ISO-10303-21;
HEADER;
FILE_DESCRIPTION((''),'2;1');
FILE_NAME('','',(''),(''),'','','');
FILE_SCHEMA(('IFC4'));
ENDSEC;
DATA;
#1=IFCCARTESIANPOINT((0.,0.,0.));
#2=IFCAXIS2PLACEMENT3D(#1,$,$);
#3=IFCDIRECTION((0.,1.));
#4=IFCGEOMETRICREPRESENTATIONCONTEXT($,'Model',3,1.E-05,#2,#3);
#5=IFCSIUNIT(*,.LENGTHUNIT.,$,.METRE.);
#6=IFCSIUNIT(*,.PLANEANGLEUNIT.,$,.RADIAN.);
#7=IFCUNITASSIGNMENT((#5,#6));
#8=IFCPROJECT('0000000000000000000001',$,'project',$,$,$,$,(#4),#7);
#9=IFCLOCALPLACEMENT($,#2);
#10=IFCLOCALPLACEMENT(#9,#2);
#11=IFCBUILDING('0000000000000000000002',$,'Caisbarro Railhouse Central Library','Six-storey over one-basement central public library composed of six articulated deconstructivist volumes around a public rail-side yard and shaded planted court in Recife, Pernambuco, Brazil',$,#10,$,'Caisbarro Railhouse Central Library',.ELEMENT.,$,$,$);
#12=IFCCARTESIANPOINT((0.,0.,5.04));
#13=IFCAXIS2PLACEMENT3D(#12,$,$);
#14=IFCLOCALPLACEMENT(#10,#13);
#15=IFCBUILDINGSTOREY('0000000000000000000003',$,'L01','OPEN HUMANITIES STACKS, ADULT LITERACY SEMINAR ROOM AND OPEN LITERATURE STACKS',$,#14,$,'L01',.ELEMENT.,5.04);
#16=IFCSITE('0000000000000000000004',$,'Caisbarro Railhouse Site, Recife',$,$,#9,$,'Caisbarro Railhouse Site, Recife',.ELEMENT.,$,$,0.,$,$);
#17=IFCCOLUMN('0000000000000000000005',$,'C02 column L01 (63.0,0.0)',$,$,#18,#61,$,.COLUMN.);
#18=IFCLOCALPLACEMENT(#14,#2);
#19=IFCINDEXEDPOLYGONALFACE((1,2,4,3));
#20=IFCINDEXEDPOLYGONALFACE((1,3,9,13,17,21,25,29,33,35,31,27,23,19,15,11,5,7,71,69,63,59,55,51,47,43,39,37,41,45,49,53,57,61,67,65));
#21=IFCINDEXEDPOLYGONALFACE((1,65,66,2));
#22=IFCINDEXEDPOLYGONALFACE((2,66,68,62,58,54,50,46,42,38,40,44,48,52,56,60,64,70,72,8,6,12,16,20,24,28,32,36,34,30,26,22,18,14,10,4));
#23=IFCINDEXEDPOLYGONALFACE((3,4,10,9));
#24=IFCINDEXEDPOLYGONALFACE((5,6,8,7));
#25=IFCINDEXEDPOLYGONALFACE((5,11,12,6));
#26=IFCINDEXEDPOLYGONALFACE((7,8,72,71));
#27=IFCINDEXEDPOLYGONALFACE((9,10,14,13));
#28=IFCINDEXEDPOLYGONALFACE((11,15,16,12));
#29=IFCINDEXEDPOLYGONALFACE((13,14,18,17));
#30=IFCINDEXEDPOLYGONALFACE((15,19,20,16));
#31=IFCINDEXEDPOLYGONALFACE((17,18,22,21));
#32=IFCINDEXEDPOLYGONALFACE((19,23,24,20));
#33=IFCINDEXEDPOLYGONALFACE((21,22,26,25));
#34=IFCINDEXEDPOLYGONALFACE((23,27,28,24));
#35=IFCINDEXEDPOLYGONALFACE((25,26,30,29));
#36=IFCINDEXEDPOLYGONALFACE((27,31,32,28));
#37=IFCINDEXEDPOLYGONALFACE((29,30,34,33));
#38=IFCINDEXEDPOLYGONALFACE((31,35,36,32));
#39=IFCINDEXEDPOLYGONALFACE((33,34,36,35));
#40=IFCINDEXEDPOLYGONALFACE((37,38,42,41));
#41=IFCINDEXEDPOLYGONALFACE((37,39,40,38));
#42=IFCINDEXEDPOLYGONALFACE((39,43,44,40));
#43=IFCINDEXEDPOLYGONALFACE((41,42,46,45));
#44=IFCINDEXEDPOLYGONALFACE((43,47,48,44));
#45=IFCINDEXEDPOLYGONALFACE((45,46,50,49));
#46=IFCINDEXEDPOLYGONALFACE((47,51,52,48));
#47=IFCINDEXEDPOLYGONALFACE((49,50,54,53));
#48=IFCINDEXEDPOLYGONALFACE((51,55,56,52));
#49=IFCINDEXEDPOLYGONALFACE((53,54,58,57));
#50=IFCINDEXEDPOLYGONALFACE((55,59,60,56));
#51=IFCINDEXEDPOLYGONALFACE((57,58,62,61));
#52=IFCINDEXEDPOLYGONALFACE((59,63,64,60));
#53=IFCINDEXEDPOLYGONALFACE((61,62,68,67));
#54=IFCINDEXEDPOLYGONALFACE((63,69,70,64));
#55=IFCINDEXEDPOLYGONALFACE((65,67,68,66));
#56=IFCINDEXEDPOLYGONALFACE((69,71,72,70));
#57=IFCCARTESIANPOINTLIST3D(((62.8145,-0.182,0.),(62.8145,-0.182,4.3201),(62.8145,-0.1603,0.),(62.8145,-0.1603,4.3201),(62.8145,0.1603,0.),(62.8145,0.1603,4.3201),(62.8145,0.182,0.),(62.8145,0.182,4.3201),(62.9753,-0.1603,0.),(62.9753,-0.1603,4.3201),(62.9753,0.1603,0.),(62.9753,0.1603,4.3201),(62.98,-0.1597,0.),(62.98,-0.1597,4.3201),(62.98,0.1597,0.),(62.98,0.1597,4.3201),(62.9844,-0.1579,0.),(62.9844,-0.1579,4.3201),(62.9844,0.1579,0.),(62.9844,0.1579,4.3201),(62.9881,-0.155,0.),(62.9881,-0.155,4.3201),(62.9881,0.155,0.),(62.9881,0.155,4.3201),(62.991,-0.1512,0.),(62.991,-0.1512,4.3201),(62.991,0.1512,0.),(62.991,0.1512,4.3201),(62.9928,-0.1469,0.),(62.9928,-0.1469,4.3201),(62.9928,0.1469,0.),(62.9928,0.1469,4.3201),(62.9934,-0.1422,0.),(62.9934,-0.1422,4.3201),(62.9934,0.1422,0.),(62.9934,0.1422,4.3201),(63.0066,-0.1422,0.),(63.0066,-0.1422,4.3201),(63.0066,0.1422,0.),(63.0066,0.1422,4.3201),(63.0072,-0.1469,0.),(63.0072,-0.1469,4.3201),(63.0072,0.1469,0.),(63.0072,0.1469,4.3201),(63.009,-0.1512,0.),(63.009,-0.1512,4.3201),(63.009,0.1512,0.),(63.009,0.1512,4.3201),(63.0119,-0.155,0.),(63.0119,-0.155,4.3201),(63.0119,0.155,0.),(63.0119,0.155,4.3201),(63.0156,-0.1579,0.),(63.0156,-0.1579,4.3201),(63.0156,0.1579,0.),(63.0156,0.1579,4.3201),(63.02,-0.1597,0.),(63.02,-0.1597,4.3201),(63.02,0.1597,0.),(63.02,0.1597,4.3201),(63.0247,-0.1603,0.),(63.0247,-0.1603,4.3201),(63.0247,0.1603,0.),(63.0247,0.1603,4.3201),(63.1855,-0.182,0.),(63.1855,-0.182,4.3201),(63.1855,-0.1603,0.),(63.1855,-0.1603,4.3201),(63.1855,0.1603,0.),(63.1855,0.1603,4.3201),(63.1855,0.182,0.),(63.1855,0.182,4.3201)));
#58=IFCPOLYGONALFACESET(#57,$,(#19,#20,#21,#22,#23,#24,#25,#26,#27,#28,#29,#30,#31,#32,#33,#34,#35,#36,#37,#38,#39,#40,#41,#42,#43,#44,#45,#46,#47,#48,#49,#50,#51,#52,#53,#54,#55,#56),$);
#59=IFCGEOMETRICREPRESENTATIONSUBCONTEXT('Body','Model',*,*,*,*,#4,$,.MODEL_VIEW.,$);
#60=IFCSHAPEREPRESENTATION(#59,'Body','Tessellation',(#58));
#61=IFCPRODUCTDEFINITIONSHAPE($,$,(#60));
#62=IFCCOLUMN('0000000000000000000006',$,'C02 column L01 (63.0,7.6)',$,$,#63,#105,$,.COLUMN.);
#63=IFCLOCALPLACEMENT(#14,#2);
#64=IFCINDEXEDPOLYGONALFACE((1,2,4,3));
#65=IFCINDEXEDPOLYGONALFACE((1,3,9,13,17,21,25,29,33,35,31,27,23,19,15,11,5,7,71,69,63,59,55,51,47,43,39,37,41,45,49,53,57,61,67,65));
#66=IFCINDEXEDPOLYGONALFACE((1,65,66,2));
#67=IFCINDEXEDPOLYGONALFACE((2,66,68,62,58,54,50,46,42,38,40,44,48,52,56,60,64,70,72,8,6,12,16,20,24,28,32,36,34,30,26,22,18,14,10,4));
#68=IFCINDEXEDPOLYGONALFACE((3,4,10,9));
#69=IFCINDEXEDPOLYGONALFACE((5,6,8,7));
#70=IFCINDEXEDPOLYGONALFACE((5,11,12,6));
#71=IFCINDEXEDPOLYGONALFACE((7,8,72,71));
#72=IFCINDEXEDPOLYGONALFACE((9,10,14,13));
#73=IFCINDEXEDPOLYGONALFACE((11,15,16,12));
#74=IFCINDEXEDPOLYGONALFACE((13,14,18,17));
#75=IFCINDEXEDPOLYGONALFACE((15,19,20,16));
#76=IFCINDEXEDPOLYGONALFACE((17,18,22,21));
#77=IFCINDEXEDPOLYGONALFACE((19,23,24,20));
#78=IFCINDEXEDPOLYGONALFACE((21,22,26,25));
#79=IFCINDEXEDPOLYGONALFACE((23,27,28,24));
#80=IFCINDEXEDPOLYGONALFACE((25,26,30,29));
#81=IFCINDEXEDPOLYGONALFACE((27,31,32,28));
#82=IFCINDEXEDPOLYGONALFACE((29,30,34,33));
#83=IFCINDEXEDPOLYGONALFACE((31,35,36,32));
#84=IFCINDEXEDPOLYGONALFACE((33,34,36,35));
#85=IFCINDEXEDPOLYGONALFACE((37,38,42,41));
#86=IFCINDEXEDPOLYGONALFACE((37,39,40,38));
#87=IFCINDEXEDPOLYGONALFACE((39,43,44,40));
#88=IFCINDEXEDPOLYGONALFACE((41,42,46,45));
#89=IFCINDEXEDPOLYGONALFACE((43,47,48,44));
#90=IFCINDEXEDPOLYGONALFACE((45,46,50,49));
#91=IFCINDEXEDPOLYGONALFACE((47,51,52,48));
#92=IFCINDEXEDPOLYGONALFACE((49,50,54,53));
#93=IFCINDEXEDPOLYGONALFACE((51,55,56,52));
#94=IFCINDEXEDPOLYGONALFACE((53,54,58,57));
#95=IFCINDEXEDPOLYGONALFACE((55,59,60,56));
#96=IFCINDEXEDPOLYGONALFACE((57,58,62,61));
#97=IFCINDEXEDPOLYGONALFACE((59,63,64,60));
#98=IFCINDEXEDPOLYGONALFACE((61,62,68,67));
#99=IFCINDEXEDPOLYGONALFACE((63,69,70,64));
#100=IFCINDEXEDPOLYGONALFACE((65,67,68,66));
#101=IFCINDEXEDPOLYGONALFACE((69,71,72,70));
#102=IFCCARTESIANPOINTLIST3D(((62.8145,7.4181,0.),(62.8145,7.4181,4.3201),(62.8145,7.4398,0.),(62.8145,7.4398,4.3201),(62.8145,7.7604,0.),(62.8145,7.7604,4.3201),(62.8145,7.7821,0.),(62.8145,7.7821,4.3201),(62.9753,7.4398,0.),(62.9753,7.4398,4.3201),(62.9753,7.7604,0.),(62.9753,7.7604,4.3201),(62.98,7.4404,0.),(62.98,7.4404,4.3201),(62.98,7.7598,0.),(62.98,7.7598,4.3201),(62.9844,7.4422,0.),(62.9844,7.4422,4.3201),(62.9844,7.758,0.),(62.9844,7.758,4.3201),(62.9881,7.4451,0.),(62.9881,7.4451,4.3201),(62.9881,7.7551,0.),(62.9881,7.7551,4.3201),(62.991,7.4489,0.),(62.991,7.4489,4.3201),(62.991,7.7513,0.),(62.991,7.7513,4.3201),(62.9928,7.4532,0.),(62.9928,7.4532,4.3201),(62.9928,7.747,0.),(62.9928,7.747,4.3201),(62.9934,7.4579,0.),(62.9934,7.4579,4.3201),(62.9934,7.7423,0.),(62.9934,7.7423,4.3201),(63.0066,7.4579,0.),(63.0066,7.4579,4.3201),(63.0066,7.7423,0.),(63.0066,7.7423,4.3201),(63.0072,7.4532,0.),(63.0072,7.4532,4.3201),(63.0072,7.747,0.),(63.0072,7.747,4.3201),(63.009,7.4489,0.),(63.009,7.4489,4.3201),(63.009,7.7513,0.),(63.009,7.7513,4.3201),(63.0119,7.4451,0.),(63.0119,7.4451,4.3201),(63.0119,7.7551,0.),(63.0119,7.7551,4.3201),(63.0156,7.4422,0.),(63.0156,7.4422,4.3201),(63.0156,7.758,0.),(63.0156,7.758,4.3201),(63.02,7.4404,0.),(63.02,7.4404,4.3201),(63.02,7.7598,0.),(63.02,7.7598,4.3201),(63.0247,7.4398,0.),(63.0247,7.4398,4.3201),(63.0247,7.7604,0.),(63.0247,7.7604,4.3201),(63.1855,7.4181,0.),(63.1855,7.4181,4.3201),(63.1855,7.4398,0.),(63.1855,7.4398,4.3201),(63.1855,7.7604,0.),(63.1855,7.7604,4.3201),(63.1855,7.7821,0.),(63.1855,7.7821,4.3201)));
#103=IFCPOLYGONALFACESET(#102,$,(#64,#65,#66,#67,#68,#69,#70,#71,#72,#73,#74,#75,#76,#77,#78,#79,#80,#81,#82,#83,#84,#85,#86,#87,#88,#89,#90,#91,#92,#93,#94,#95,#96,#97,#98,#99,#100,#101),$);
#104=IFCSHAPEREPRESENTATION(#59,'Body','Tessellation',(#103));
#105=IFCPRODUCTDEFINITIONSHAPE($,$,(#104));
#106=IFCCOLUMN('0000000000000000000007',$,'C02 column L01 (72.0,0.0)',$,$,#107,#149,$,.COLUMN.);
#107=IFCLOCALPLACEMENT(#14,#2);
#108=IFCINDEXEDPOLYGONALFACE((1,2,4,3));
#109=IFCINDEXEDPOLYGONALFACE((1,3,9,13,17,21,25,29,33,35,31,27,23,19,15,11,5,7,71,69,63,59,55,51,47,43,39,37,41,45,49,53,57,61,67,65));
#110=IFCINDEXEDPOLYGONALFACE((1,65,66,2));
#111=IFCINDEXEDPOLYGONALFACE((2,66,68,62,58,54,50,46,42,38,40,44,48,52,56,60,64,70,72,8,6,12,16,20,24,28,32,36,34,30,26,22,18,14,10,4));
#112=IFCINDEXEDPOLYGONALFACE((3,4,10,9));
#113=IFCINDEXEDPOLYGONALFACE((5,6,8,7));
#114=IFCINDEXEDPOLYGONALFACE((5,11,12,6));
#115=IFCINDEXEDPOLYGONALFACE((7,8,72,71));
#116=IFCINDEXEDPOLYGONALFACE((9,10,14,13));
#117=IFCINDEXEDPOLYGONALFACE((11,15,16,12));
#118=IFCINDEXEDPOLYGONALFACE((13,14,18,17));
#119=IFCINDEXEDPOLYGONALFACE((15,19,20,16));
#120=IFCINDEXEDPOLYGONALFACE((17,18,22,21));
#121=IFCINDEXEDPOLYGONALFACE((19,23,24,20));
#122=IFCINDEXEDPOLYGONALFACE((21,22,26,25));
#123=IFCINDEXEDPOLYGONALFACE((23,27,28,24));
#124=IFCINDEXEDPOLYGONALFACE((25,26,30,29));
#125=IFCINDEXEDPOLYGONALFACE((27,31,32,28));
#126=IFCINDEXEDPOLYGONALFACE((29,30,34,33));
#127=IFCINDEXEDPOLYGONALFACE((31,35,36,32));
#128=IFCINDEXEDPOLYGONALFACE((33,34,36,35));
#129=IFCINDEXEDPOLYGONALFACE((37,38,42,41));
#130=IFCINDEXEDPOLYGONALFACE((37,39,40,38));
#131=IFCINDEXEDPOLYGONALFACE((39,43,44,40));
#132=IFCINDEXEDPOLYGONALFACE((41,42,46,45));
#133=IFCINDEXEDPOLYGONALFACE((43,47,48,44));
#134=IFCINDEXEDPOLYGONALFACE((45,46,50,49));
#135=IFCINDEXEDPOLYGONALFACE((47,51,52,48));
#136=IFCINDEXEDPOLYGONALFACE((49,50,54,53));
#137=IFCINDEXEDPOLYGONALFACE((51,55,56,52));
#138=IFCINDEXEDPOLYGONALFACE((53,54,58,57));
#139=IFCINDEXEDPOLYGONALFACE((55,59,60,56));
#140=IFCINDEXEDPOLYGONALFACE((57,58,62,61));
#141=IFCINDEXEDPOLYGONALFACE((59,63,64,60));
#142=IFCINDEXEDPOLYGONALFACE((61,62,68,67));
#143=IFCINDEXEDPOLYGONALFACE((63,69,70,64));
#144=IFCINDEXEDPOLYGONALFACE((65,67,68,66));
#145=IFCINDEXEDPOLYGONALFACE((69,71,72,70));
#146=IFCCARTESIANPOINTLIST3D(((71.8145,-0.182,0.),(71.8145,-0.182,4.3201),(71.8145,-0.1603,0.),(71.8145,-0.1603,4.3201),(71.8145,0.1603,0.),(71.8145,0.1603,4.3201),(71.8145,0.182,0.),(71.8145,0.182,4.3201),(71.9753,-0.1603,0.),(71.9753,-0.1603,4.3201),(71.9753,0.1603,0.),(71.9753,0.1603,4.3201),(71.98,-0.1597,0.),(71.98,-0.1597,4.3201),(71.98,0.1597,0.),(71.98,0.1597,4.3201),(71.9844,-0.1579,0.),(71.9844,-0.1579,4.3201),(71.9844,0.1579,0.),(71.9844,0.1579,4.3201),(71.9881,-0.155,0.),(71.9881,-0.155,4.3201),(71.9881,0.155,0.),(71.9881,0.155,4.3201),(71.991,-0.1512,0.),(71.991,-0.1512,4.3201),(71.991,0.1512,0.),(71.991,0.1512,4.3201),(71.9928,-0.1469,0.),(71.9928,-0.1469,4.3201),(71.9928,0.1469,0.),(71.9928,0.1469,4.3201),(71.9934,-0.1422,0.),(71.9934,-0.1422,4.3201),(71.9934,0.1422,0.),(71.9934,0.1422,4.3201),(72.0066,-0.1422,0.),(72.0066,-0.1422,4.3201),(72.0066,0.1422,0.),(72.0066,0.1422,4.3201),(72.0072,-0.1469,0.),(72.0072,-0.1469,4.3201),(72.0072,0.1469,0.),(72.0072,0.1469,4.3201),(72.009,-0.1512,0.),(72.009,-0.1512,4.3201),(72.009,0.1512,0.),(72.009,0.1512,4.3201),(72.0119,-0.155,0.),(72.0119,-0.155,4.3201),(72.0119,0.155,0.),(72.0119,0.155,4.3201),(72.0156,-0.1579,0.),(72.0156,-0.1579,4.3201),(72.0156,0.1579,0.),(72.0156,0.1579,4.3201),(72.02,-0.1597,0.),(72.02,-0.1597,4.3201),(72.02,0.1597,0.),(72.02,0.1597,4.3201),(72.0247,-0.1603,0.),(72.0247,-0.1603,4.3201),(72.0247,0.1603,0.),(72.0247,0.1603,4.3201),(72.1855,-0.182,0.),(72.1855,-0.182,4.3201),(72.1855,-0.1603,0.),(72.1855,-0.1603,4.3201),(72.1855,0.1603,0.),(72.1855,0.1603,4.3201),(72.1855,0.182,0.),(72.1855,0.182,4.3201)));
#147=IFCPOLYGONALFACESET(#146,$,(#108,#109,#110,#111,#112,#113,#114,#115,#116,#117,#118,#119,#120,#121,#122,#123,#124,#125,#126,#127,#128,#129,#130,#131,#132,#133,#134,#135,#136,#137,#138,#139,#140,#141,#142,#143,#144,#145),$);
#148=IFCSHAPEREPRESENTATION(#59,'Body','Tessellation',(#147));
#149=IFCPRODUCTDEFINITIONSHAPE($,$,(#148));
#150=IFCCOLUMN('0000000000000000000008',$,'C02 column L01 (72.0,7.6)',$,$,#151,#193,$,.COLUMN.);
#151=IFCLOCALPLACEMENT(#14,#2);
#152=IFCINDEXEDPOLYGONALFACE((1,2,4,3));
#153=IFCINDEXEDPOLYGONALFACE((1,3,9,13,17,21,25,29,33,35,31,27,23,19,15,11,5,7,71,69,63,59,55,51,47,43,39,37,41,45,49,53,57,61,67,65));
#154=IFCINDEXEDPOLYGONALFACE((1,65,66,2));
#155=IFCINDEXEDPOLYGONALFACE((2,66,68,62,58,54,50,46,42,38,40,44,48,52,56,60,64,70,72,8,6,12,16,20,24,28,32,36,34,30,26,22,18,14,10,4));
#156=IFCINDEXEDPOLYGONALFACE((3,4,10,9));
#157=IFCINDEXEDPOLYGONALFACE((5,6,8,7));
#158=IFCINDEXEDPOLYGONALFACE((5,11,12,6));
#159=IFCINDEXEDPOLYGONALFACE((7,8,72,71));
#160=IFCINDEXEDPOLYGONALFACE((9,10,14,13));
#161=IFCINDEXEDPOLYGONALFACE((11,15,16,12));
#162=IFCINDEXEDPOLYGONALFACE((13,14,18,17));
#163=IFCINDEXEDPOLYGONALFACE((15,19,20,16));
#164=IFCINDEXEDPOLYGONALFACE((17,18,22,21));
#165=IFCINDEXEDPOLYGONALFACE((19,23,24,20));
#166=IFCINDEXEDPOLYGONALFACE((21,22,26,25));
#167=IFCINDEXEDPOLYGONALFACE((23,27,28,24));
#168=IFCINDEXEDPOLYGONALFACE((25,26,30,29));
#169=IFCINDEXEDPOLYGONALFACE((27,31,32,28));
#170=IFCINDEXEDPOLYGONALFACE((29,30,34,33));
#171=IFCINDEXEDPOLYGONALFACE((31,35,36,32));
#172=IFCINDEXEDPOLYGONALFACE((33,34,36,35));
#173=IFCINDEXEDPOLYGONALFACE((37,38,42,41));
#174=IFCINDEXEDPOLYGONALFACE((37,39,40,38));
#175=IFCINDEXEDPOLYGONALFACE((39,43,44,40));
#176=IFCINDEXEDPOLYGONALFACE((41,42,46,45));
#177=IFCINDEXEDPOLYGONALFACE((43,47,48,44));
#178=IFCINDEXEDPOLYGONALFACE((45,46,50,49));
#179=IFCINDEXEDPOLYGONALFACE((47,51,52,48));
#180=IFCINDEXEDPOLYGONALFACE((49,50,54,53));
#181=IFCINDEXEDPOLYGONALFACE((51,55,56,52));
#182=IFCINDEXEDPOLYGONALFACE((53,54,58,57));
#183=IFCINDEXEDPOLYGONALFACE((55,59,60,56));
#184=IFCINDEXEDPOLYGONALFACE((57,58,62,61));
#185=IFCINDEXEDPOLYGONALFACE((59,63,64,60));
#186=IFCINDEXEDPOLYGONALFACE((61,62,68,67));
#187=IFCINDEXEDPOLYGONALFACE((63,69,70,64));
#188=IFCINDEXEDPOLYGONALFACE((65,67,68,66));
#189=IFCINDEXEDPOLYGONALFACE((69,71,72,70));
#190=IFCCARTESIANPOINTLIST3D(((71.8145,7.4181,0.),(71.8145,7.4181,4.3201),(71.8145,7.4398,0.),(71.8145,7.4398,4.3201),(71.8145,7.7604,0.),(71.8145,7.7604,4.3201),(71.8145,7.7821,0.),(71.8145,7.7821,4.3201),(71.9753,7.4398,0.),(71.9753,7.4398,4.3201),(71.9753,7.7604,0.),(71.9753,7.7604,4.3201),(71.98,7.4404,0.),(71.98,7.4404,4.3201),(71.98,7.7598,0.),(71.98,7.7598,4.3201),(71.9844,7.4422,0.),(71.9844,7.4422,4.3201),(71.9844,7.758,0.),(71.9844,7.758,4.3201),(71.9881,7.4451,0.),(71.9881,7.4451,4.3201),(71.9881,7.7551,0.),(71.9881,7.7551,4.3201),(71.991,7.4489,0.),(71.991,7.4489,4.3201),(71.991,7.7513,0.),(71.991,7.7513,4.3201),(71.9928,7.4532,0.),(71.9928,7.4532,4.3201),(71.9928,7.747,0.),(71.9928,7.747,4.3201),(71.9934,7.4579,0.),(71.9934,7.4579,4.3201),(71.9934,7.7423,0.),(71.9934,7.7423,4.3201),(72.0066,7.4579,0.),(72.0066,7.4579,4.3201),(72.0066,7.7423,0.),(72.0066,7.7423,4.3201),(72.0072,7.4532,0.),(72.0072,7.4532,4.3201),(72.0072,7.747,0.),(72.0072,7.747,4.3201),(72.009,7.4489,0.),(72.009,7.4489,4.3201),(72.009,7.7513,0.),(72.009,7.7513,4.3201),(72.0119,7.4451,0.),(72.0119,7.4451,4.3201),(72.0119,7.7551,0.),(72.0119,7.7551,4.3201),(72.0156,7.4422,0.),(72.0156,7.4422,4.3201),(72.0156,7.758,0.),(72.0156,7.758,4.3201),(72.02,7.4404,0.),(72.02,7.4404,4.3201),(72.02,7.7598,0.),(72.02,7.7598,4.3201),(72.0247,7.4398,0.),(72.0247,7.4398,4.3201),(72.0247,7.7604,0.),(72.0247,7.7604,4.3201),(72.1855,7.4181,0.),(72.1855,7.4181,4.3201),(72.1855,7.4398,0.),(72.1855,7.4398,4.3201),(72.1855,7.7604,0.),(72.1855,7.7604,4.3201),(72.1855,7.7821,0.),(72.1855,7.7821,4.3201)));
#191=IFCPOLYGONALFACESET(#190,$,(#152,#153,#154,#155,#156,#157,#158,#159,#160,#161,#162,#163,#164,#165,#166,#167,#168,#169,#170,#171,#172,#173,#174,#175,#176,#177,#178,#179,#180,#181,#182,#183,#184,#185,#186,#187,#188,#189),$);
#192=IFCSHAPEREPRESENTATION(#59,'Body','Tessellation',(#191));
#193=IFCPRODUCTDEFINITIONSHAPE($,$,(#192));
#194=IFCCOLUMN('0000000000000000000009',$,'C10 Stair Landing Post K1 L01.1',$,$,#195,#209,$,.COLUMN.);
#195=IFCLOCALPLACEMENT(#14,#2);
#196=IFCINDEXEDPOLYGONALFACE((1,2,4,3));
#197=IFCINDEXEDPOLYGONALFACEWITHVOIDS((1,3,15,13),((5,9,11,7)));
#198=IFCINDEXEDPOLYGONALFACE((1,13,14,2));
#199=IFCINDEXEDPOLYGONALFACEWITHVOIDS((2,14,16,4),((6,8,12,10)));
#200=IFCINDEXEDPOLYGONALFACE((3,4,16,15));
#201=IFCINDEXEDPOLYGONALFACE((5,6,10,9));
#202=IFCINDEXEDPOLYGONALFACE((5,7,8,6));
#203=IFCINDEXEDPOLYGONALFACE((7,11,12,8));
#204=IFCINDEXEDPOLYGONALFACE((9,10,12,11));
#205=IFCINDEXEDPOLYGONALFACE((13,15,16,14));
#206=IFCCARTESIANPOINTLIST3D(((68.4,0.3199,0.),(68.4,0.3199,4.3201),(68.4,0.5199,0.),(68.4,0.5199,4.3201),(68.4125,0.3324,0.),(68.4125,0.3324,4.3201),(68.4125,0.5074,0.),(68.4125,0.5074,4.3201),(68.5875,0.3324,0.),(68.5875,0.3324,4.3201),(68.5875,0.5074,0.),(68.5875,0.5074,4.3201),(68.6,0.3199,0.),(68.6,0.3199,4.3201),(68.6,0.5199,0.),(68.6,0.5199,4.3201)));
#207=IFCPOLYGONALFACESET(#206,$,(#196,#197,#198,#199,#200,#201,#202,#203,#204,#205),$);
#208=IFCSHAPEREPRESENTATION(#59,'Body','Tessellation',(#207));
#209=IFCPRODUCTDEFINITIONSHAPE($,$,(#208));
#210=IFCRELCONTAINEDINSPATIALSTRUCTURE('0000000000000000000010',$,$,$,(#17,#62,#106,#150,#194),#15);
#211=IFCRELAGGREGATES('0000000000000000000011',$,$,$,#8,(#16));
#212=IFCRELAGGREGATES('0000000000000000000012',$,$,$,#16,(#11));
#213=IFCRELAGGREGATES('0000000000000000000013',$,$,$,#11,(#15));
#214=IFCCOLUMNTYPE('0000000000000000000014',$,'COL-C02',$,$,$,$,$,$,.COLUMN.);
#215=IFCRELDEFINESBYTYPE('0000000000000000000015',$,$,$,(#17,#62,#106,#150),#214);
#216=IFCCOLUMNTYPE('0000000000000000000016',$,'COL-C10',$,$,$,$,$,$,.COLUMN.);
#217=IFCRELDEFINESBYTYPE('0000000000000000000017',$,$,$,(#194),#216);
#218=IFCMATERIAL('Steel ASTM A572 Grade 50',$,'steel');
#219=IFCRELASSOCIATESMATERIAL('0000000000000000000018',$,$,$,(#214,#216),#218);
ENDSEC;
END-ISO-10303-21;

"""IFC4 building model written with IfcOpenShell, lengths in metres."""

from ifc_helpers import new_model, si_unit, direction, frame, origin, origin_2d, place, context, subcontext, project, spatial, hollow_rectangle, i_section, extrude, material, material_profile, profile_set, type_object, element, save


model = new_model("IFC4")

# Units and contexts
model_context = context("Model", 3, precision=1e-05, world=origin(), true_north=direction((0.0, 1.0)))
body_context = subcontext(model_context, "Body", "Model", "MODEL_VIEW")
ifc_project = project(units=[si_unit("LENGTHUNIT", "METRE"), si_unit("PLANEANGLEUNIT", "RADIAN")], contexts=[model_context])

# Site, building, storey
site_placement = place(None, origin())
site = spatial("IfcSite", under=ifc_project, at=site_placement, Name="Caisbarro Railhouse Site, Recife", LongName="Caisbarro Railhouse Site, Recife", CompositionType="ELEMENT", RefElevation=0.0)
building_placement = place(site_placement, origin())
building = spatial("IfcBuilding", under=site, at=building_placement, Name="Caisbarro Railhouse Central Library", Description="Six-storey over one-basement central public library composed of six articulated deconstructivist volumes around a public rail-side yard and shaded planted court in Recife, Pernambuco, Brazil", LongName="Caisbarro Railhouse Central Library", CompositionType="ELEMENT")
storey_placement = place(building_placement, frame((0.0, 0.0, 5.04)))
storey = spatial("IfcBuildingStorey", under=building, at=storey_placement, Name="L01", Description="OPEN HUMANITIES STACKS, ADULT LITERACY SEMINAR ROOM AND OPEN LITERATURE STACKS", LongName="L01", CompositionType="ELEMENT", Elevation=5.04)

# Columns
ifc_material_1 = material(Name="Steel ASTM A572 Grade 50", Category="steel")
ifc_material_profile_1 = material_profile(ifc_material_1, i_section(OverallWidth=0.3711, OverallDepth=0.364, WebThickness=0.0132, FlangeThickness=0.0217, FilletRadius=0.0181, at=origin_2d()), Name="W360X162.0")
ifc_profile_set_1 = profile_set([ifc_material_profile_1], Name="Steel ASTM A572 Grade 50")
column_type_1 = type_object("IfcColumnType", Name="COL-C02", PredefinedType="COLUMN", material=ifc_profile_set_1)
for number, where, z_axis, x_axis, name in (
    (1, (63.0, 0.0, 0.0), (0.0, 0.0, 1.0), (1.0, 0.0, 0.0), "C02 column L01 (63.0,0.0)"),
    (2, (63.0, 7.6001, 0.0), (0.0, 0.0, 1.0), (1.0, 0.0, 0.0), "C02 column L01 (63.0,7.6)"),
    (3, (72.0, 0.0, 0.0), (0.0, 0.0, 1.0), (1.0, 0.0, 0.0), "C02 column L01 (72.0,0.0)"),
    (4, (72.0, 7.6001, 0.0), (0.0, 0.0, 1.0), (1.0, 0.0, 0.0), "C02 column L01 (72.0,7.6)"),
):
    element("IfcColumn", number, at=place(storey_placement, frame(where, z_axis=z_axis, x_axis=x_axis)), inside=storey, type_object=column_type_1, Name=name, PredefinedType="COLUMN", context=body_context, shape_type="SweptSolid", body=[
        extrude(i_section(OverallWidth=0.3711, OverallDepth=0.364, WebThickness=0.0132, FlangeThickness=0.0217, FilletRadius=0.0181, at=origin_2d()), origin(), (0.0, 0.0, 1.0), 4.3201),
    ])
ifc_material_profile_2 = material_profile(ifc_material_1, hollow_rectangle(XDim=0.2, YDim=0.2, WallThickness=0.0125, at=origin_2d()), Name="HSS200X200X12.5")
ifc_profile_set_2 = profile_set([ifc_material_profile_2], Name="Steel ASTM A572 Grade 50")
column_type_2 = type_object("IfcColumnType", Name="COL-C10", PredefinedType="COLUMN", material=ifc_profile_set_2)
for number, where, z_axis, x_axis, name in (
    (5, (68.5, 0.4199, 0.0), (0.0, 0.0, 1.0), (1.0, 0.0, 0.0), "C10 Stair Landing Post K1 L01.1"),
):
    element("IfcColumn", number, at=place(storey_placement, frame(where, z_axis=z_axis, x_axis=x_axis)), inside=storey, type_object=column_type_2, Name=name, PredefinedType="COLUMN", context=body_context, shape_type="SweptSolid", body=[
        extrude(hollow_rectangle(XDim=0.2, YDim=0.2, WallThickness=0.0125, at=origin_2d()), origin(), (0.0, 0.0, 1.0), 4.3201),
    ])

save(model, "model.ifc")
